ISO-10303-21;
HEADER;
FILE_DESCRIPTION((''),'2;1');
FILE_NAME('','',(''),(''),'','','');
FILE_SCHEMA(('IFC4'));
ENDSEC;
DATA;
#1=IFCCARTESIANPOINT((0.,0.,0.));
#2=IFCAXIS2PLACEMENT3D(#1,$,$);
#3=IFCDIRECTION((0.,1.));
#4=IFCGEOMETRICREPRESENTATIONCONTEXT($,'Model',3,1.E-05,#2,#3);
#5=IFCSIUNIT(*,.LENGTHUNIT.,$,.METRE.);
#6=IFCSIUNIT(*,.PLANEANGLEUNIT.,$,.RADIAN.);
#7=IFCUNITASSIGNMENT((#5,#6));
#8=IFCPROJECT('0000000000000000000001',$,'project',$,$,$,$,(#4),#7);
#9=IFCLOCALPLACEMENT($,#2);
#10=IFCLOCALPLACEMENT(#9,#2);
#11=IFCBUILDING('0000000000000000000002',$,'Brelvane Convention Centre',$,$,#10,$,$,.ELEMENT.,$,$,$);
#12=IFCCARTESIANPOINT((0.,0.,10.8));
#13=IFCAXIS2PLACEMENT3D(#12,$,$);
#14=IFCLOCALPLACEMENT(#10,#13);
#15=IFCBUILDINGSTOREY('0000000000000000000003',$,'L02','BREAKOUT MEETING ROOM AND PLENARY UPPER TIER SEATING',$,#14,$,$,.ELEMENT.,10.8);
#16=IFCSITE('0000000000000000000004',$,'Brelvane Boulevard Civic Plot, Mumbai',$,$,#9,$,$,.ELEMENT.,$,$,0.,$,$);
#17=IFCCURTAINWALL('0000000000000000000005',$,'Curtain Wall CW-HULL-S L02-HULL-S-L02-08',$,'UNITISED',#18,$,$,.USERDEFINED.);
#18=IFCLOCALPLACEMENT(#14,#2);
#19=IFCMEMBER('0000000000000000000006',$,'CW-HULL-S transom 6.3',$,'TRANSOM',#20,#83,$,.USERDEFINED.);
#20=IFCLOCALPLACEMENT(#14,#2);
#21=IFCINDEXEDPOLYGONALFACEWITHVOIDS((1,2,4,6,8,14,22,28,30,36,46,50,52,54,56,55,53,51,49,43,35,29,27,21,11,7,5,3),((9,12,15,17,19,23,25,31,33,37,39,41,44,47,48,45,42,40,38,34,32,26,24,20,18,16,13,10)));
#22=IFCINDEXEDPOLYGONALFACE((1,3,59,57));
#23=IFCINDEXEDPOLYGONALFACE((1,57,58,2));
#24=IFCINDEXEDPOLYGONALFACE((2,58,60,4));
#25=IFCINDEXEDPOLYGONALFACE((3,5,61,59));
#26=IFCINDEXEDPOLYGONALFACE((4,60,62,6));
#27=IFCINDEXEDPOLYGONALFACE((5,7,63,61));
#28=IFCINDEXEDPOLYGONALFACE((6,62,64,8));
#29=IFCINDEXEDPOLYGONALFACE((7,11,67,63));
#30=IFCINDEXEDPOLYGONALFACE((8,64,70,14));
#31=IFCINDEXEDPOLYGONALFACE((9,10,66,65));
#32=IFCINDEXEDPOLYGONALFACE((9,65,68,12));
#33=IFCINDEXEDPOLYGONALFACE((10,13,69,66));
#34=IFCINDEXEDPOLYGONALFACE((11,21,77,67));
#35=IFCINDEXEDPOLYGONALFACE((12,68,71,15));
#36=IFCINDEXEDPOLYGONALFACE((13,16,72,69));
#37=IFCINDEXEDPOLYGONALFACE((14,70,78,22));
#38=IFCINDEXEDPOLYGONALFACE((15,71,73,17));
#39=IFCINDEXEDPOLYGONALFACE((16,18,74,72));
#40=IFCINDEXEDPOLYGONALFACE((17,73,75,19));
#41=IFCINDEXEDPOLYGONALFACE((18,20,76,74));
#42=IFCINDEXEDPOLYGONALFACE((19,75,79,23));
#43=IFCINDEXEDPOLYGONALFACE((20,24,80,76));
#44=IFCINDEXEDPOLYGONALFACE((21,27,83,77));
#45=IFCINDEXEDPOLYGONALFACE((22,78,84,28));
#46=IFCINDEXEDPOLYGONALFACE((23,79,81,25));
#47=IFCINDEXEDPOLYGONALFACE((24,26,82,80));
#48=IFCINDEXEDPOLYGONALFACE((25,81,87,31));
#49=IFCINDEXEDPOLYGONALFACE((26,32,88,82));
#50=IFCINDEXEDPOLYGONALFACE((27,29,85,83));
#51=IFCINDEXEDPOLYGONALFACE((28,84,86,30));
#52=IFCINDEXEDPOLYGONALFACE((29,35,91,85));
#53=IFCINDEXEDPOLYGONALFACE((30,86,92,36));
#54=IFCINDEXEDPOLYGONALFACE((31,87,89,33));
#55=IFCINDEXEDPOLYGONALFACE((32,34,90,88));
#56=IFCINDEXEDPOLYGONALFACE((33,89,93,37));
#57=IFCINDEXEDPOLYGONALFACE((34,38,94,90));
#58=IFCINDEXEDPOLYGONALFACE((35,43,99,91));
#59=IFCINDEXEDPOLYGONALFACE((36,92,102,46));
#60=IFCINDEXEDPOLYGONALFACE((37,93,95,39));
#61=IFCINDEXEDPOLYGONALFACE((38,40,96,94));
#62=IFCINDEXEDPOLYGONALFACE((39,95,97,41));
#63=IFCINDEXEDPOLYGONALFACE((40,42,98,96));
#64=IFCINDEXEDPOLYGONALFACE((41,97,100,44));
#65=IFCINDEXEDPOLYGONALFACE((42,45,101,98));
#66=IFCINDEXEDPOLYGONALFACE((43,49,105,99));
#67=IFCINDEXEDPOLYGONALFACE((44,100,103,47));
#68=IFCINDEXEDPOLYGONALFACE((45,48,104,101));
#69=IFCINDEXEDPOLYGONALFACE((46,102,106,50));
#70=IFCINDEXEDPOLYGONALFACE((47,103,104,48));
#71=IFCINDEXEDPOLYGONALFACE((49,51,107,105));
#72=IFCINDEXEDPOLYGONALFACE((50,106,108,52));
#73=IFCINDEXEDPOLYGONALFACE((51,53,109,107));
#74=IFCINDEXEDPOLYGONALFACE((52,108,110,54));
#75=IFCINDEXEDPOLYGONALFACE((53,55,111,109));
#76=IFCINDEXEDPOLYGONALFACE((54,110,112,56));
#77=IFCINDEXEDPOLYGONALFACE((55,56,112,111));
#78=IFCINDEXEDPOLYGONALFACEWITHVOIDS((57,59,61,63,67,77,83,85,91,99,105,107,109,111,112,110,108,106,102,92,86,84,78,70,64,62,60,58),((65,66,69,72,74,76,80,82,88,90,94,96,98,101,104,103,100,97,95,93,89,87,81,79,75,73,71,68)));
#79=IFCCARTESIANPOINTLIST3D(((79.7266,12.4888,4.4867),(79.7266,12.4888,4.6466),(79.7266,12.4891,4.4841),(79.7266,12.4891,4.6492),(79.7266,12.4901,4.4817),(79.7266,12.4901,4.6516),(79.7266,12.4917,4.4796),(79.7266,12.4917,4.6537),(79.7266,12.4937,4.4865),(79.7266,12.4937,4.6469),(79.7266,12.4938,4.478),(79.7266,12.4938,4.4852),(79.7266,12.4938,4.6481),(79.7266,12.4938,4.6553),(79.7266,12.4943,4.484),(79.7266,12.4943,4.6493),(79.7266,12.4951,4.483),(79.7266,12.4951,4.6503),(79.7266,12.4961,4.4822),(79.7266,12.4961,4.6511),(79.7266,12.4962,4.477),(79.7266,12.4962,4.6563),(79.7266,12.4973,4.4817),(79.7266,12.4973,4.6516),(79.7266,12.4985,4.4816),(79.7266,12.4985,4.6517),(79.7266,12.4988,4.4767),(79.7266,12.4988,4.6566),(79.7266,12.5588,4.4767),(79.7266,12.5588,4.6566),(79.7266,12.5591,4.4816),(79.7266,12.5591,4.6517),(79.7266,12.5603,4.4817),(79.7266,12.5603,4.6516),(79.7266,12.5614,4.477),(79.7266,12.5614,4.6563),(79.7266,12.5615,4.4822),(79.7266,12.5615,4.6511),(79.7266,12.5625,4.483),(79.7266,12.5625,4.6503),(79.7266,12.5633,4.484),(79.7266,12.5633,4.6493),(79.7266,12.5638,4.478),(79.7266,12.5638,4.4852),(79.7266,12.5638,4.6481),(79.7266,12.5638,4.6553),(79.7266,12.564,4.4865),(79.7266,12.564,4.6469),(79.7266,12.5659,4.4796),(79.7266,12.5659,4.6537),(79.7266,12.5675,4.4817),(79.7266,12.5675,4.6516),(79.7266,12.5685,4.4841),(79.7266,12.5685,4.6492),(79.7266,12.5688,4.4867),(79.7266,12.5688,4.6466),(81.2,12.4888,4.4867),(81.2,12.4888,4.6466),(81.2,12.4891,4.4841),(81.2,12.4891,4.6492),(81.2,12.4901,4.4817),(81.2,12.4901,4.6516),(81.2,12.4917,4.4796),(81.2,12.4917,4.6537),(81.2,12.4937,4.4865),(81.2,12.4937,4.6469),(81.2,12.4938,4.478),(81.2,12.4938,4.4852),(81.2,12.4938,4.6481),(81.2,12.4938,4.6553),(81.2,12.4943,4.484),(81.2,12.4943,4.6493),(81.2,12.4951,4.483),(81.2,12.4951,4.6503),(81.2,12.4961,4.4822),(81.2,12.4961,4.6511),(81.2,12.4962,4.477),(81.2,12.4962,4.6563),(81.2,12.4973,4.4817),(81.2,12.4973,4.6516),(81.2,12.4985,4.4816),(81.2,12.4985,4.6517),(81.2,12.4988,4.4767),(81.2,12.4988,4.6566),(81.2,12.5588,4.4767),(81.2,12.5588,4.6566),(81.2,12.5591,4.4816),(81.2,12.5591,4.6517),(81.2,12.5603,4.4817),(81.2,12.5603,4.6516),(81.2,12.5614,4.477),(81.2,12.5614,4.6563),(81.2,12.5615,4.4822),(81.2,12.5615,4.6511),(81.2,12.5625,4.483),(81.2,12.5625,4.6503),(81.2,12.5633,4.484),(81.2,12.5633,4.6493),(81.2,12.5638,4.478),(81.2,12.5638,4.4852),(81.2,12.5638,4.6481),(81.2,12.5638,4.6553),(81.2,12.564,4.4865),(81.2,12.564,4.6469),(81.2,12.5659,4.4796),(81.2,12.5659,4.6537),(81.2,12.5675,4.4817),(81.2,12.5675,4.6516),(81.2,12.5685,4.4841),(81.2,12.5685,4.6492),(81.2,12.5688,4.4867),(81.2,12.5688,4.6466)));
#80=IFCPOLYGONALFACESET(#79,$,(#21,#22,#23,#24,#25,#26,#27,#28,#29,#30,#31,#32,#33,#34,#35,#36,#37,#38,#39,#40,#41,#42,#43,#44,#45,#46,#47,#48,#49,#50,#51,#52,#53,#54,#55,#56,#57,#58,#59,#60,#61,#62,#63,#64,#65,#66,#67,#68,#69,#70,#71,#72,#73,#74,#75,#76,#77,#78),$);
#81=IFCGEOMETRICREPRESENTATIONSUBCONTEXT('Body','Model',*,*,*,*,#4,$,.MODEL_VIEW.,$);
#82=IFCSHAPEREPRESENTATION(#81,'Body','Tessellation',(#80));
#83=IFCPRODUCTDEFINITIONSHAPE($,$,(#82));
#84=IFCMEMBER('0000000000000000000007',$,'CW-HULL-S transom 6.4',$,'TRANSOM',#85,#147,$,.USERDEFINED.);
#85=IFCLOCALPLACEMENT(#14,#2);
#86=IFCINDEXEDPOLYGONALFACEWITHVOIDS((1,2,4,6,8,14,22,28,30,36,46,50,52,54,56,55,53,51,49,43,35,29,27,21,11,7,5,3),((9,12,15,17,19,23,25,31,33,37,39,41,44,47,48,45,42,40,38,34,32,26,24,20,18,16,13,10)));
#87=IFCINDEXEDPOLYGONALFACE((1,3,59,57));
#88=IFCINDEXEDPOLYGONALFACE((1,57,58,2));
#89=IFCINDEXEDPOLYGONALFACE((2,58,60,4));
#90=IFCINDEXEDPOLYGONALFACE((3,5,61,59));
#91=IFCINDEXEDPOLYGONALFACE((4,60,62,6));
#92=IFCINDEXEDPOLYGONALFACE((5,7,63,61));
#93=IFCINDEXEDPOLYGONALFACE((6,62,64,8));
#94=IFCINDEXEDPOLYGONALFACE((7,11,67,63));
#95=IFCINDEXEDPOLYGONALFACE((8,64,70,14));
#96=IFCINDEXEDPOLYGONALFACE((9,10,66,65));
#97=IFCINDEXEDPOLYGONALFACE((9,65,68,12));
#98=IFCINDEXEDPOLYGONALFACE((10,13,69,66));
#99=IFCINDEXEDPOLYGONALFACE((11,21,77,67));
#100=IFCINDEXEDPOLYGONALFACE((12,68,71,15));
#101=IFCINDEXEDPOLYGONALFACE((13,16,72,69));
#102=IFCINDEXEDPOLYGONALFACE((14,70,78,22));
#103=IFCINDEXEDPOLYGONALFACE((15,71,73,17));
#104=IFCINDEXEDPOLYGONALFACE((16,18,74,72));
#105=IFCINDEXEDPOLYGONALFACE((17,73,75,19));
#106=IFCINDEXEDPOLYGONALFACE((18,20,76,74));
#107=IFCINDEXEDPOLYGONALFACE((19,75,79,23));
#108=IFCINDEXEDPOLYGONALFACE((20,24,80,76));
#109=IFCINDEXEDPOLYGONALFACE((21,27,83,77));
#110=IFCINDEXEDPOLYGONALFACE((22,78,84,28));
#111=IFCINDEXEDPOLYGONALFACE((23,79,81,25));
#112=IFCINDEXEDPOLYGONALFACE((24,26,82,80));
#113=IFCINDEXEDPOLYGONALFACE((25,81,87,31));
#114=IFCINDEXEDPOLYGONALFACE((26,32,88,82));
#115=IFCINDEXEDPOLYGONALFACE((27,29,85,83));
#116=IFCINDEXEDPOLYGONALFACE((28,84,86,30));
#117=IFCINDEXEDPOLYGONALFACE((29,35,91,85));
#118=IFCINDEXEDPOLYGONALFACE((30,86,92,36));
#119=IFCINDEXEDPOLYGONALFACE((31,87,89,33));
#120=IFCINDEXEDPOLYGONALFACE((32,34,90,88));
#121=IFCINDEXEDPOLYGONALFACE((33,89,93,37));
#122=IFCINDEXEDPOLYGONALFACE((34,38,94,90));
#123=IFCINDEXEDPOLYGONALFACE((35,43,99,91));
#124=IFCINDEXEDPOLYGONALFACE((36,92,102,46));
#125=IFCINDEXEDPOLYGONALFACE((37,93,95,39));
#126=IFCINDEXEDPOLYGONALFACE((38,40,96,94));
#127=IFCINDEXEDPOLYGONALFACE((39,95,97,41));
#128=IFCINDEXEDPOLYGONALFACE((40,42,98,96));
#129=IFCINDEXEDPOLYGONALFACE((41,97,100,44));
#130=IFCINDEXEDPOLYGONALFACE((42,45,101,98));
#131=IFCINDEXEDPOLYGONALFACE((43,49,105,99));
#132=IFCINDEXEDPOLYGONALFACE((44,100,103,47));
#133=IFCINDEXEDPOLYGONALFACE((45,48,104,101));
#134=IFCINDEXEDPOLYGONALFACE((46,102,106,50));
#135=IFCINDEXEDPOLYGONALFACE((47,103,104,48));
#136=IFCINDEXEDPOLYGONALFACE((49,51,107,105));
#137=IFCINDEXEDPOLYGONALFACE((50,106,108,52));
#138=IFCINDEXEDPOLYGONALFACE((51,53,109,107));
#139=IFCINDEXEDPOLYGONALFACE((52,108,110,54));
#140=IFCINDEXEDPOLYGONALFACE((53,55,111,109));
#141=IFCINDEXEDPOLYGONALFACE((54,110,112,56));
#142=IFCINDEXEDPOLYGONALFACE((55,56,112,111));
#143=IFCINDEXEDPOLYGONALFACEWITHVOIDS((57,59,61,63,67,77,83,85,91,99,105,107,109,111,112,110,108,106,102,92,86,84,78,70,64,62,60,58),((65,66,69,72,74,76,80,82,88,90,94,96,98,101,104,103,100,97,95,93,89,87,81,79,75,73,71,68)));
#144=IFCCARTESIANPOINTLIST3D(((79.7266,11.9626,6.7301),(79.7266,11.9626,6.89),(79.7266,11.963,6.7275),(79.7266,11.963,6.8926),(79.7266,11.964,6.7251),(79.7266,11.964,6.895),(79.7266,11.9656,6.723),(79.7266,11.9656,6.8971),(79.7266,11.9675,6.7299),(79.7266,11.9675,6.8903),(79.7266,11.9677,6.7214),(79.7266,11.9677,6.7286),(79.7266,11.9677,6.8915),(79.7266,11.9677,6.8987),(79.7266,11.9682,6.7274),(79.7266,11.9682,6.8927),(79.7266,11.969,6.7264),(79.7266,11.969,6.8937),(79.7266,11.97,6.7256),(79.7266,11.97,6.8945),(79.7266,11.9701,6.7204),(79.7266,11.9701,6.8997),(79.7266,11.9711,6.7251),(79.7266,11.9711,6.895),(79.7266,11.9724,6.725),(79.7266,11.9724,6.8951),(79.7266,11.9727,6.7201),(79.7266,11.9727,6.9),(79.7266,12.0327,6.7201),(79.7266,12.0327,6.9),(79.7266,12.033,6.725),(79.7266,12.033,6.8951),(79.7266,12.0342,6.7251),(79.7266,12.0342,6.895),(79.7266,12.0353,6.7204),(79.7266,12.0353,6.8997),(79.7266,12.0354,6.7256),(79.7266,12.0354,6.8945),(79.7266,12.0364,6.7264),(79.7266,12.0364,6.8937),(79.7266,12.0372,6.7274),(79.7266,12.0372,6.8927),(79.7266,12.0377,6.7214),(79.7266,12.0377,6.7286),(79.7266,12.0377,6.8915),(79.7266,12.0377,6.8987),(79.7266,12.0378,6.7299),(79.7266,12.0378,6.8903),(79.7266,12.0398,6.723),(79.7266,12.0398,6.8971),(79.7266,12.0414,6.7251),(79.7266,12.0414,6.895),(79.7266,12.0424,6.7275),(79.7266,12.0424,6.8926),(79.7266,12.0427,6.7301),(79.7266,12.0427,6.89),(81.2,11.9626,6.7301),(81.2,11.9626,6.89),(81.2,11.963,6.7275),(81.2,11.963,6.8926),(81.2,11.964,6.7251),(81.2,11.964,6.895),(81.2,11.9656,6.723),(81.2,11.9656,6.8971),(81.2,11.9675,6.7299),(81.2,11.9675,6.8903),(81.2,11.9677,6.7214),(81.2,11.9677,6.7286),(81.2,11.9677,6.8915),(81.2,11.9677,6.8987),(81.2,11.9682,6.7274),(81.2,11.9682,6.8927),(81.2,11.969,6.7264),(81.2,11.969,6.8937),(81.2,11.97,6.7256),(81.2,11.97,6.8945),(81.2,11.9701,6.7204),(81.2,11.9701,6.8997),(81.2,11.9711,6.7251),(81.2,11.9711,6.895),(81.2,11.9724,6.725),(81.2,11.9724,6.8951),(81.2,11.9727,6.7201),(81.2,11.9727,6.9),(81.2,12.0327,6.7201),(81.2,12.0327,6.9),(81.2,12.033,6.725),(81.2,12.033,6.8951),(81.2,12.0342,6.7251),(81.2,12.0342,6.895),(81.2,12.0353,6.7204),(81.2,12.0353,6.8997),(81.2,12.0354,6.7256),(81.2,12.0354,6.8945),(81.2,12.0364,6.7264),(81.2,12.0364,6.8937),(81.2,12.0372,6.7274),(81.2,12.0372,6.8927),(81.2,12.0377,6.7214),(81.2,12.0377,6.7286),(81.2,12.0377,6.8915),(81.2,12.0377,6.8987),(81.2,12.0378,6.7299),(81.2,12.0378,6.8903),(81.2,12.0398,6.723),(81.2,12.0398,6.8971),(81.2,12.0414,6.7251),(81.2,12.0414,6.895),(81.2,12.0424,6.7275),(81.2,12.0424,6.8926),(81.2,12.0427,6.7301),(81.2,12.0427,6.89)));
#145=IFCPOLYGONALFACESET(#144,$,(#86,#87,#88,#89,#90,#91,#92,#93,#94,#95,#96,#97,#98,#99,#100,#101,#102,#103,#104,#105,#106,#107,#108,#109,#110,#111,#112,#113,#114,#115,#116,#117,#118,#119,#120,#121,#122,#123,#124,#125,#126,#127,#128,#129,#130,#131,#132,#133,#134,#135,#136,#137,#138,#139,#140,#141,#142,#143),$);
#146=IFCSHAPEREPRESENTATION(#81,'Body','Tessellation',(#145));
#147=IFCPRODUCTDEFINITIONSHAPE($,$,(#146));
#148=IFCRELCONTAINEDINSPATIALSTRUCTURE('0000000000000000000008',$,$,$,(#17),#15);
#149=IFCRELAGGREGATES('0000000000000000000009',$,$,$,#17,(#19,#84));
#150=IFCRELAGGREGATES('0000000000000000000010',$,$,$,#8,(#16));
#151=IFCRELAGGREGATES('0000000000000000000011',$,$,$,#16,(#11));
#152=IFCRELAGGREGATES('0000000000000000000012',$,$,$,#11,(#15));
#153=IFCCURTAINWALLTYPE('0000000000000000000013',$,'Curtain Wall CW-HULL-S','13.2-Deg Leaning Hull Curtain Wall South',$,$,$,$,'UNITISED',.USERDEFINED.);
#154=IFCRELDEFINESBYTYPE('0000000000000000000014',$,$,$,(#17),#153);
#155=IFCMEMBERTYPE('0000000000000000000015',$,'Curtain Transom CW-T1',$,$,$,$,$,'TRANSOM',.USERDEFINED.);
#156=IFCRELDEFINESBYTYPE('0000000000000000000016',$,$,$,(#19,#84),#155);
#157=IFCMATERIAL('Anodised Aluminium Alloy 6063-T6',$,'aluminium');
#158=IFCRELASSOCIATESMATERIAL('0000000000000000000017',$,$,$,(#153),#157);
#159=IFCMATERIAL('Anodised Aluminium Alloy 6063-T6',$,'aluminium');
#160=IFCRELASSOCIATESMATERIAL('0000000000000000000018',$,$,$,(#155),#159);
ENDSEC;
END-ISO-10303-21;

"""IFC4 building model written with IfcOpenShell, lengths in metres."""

from ifc_helpers import new_model, si_unit, direction, frame, origin, origin_2d, place, context, subcontext, project, spatial, hollow_rectangle, extrude, material, material_profile, profile_set, type_object, element, aggregate, save


model = new_model("IFC4")

# Units and contexts
model_context = context("Model", 3, precision=1e-05, world=origin(), true_north=direction((0.0, 1.0)))
body_context = subcontext(model_context, "Body", "Model", "MODEL_VIEW")
ifc_project = project(units=[si_unit("LENGTHUNIT", "METRE"), si_unit("PLANEANGLEUNIT", "RADIAN")], contexts=[model_context])

# Site, building, storey
site_placement = place(None, origin())
site = spatial("IfcSite", under=ifc_project, at=site_placement, Name="Brelvane Boulevard Civic Plot, Mumbai", CompositionType="ELEMENT", RefElevation=0.0)
building_placement = place(site_placement, origin())
building = spatial("IfcBuilding", under=site, at=building_placement, Name="Brelvane Convention Centre", CompositionType="ELEMENT")
storey_placement = place(building_placement, frame((0.0, 0.0, 10.8)))
storey = spatial("IfcBuildingStorey", under=building, at=storey_placement, Name="L02", Description="BREAKOUT MEETING ROOM AND PLENARY UPPER TIER SEATING", CompositionType="ELEMENT", Elevation=10.8)

# Curtain wall, members
ifc_material_1 = material(Name="Anodised Aluminium Alloy 6063-T6", Category="aluminium")
curtain_wall_type = type_object("IfcCurtainWallType", Name="Curtain Wall CW-HULL-S", Description="13.2-Deg Leaning Hull Curtain Wall South", ElementType="UNITISED", PredefinedType="USERDEFINED", material=ifc_material_1)
curtain_wall_1_placement = place(storey_placement, origin())
curtain_wall_1 = element("IfcCurtainWall", 1, at=curtain_wall_1_placement, inside=storey, type_object=curtain_wall_type, Name="Curtain Wall CW-HULL-S L02-HULL-S-L02-08", ObjectType="UNITISED", PredefinedType="USERDEFINED")
ifc_material_2 = material(Name="Anodised Aluminium Alloy 6063-T6", Category="aluminium")
ifc_material_profile = material_profile(ifc_material_2, hollow_rectangle(XDim=0.0801, YDim=0.1799, WallThickness=0.0049, InnerFilletRadius=0.0049, OuterFilletRadius=0.01, at=origin_2d()), Name="ALU-T 180x80x5.0")
ifc_profile_set = profile_set([ifc_material_profile], Name="Anodised Aluminium Alloy 6063-T6")
member_type = type_object("IfcMemberType", Name="Curtain Transom CW-T1", ElementType="TRANSOM", PredefinedType="USERDEFINED", material=ifc_profile_set)
member_1_placement = place(storey_placement, frame((79.7266, 12.5288, 4.5667), z_axis=(1.0, 0.0, 0.0), x_axis=(0.0, 1.0, 0.0)))
member_1 = element("IfcMember", 2, at=member_1_placement, type_object=member_type, Name="CW-HULL-S transom 6.3", ObjectType="TRANSOM", PredefinedType="USERDEFINED", context=body_context, shape_type="SweptSolid", body=[
    extrude(hollow_rectangle(XDim=0.0801, YDim=0.1799, WallThickness=0.0049, InnerFilletRadius=0.0049, OuterFilletRadius=0.01, at=origin_2d()), origin(), (0.0, 0.0, 1.0), 1.4734),
])
member_2_placement = place(storey_placement, frame((79.7266, 12.0027, 6.8101), z_axis=(1.0, 0.0, 0.0), x_axis=(0.0, 1.0, 0.0)))
member_2 = element("IfcMember", 3, at=member_2_placement, type_object=member_type, Name="CW-HULL-S transom 6.4", ObjectType="TRANSOM", PredefinedType="USERDEFINED", context=body_context, shape_type="SweptSolid", body=[
    extrude(hollow_rectangle(XDim=0.0801, YDim=0.1799, WallThickness=0.0049, InnerFilletRadius=0.0049, OuterFilletRadius=0.01, at=origin_2d()), origin(), (0.0, 0.0, 1.0), 1.4734),
])

aggregate(curtain_wall_1, [member_1, member_2])

save(model, "model.ifc")
